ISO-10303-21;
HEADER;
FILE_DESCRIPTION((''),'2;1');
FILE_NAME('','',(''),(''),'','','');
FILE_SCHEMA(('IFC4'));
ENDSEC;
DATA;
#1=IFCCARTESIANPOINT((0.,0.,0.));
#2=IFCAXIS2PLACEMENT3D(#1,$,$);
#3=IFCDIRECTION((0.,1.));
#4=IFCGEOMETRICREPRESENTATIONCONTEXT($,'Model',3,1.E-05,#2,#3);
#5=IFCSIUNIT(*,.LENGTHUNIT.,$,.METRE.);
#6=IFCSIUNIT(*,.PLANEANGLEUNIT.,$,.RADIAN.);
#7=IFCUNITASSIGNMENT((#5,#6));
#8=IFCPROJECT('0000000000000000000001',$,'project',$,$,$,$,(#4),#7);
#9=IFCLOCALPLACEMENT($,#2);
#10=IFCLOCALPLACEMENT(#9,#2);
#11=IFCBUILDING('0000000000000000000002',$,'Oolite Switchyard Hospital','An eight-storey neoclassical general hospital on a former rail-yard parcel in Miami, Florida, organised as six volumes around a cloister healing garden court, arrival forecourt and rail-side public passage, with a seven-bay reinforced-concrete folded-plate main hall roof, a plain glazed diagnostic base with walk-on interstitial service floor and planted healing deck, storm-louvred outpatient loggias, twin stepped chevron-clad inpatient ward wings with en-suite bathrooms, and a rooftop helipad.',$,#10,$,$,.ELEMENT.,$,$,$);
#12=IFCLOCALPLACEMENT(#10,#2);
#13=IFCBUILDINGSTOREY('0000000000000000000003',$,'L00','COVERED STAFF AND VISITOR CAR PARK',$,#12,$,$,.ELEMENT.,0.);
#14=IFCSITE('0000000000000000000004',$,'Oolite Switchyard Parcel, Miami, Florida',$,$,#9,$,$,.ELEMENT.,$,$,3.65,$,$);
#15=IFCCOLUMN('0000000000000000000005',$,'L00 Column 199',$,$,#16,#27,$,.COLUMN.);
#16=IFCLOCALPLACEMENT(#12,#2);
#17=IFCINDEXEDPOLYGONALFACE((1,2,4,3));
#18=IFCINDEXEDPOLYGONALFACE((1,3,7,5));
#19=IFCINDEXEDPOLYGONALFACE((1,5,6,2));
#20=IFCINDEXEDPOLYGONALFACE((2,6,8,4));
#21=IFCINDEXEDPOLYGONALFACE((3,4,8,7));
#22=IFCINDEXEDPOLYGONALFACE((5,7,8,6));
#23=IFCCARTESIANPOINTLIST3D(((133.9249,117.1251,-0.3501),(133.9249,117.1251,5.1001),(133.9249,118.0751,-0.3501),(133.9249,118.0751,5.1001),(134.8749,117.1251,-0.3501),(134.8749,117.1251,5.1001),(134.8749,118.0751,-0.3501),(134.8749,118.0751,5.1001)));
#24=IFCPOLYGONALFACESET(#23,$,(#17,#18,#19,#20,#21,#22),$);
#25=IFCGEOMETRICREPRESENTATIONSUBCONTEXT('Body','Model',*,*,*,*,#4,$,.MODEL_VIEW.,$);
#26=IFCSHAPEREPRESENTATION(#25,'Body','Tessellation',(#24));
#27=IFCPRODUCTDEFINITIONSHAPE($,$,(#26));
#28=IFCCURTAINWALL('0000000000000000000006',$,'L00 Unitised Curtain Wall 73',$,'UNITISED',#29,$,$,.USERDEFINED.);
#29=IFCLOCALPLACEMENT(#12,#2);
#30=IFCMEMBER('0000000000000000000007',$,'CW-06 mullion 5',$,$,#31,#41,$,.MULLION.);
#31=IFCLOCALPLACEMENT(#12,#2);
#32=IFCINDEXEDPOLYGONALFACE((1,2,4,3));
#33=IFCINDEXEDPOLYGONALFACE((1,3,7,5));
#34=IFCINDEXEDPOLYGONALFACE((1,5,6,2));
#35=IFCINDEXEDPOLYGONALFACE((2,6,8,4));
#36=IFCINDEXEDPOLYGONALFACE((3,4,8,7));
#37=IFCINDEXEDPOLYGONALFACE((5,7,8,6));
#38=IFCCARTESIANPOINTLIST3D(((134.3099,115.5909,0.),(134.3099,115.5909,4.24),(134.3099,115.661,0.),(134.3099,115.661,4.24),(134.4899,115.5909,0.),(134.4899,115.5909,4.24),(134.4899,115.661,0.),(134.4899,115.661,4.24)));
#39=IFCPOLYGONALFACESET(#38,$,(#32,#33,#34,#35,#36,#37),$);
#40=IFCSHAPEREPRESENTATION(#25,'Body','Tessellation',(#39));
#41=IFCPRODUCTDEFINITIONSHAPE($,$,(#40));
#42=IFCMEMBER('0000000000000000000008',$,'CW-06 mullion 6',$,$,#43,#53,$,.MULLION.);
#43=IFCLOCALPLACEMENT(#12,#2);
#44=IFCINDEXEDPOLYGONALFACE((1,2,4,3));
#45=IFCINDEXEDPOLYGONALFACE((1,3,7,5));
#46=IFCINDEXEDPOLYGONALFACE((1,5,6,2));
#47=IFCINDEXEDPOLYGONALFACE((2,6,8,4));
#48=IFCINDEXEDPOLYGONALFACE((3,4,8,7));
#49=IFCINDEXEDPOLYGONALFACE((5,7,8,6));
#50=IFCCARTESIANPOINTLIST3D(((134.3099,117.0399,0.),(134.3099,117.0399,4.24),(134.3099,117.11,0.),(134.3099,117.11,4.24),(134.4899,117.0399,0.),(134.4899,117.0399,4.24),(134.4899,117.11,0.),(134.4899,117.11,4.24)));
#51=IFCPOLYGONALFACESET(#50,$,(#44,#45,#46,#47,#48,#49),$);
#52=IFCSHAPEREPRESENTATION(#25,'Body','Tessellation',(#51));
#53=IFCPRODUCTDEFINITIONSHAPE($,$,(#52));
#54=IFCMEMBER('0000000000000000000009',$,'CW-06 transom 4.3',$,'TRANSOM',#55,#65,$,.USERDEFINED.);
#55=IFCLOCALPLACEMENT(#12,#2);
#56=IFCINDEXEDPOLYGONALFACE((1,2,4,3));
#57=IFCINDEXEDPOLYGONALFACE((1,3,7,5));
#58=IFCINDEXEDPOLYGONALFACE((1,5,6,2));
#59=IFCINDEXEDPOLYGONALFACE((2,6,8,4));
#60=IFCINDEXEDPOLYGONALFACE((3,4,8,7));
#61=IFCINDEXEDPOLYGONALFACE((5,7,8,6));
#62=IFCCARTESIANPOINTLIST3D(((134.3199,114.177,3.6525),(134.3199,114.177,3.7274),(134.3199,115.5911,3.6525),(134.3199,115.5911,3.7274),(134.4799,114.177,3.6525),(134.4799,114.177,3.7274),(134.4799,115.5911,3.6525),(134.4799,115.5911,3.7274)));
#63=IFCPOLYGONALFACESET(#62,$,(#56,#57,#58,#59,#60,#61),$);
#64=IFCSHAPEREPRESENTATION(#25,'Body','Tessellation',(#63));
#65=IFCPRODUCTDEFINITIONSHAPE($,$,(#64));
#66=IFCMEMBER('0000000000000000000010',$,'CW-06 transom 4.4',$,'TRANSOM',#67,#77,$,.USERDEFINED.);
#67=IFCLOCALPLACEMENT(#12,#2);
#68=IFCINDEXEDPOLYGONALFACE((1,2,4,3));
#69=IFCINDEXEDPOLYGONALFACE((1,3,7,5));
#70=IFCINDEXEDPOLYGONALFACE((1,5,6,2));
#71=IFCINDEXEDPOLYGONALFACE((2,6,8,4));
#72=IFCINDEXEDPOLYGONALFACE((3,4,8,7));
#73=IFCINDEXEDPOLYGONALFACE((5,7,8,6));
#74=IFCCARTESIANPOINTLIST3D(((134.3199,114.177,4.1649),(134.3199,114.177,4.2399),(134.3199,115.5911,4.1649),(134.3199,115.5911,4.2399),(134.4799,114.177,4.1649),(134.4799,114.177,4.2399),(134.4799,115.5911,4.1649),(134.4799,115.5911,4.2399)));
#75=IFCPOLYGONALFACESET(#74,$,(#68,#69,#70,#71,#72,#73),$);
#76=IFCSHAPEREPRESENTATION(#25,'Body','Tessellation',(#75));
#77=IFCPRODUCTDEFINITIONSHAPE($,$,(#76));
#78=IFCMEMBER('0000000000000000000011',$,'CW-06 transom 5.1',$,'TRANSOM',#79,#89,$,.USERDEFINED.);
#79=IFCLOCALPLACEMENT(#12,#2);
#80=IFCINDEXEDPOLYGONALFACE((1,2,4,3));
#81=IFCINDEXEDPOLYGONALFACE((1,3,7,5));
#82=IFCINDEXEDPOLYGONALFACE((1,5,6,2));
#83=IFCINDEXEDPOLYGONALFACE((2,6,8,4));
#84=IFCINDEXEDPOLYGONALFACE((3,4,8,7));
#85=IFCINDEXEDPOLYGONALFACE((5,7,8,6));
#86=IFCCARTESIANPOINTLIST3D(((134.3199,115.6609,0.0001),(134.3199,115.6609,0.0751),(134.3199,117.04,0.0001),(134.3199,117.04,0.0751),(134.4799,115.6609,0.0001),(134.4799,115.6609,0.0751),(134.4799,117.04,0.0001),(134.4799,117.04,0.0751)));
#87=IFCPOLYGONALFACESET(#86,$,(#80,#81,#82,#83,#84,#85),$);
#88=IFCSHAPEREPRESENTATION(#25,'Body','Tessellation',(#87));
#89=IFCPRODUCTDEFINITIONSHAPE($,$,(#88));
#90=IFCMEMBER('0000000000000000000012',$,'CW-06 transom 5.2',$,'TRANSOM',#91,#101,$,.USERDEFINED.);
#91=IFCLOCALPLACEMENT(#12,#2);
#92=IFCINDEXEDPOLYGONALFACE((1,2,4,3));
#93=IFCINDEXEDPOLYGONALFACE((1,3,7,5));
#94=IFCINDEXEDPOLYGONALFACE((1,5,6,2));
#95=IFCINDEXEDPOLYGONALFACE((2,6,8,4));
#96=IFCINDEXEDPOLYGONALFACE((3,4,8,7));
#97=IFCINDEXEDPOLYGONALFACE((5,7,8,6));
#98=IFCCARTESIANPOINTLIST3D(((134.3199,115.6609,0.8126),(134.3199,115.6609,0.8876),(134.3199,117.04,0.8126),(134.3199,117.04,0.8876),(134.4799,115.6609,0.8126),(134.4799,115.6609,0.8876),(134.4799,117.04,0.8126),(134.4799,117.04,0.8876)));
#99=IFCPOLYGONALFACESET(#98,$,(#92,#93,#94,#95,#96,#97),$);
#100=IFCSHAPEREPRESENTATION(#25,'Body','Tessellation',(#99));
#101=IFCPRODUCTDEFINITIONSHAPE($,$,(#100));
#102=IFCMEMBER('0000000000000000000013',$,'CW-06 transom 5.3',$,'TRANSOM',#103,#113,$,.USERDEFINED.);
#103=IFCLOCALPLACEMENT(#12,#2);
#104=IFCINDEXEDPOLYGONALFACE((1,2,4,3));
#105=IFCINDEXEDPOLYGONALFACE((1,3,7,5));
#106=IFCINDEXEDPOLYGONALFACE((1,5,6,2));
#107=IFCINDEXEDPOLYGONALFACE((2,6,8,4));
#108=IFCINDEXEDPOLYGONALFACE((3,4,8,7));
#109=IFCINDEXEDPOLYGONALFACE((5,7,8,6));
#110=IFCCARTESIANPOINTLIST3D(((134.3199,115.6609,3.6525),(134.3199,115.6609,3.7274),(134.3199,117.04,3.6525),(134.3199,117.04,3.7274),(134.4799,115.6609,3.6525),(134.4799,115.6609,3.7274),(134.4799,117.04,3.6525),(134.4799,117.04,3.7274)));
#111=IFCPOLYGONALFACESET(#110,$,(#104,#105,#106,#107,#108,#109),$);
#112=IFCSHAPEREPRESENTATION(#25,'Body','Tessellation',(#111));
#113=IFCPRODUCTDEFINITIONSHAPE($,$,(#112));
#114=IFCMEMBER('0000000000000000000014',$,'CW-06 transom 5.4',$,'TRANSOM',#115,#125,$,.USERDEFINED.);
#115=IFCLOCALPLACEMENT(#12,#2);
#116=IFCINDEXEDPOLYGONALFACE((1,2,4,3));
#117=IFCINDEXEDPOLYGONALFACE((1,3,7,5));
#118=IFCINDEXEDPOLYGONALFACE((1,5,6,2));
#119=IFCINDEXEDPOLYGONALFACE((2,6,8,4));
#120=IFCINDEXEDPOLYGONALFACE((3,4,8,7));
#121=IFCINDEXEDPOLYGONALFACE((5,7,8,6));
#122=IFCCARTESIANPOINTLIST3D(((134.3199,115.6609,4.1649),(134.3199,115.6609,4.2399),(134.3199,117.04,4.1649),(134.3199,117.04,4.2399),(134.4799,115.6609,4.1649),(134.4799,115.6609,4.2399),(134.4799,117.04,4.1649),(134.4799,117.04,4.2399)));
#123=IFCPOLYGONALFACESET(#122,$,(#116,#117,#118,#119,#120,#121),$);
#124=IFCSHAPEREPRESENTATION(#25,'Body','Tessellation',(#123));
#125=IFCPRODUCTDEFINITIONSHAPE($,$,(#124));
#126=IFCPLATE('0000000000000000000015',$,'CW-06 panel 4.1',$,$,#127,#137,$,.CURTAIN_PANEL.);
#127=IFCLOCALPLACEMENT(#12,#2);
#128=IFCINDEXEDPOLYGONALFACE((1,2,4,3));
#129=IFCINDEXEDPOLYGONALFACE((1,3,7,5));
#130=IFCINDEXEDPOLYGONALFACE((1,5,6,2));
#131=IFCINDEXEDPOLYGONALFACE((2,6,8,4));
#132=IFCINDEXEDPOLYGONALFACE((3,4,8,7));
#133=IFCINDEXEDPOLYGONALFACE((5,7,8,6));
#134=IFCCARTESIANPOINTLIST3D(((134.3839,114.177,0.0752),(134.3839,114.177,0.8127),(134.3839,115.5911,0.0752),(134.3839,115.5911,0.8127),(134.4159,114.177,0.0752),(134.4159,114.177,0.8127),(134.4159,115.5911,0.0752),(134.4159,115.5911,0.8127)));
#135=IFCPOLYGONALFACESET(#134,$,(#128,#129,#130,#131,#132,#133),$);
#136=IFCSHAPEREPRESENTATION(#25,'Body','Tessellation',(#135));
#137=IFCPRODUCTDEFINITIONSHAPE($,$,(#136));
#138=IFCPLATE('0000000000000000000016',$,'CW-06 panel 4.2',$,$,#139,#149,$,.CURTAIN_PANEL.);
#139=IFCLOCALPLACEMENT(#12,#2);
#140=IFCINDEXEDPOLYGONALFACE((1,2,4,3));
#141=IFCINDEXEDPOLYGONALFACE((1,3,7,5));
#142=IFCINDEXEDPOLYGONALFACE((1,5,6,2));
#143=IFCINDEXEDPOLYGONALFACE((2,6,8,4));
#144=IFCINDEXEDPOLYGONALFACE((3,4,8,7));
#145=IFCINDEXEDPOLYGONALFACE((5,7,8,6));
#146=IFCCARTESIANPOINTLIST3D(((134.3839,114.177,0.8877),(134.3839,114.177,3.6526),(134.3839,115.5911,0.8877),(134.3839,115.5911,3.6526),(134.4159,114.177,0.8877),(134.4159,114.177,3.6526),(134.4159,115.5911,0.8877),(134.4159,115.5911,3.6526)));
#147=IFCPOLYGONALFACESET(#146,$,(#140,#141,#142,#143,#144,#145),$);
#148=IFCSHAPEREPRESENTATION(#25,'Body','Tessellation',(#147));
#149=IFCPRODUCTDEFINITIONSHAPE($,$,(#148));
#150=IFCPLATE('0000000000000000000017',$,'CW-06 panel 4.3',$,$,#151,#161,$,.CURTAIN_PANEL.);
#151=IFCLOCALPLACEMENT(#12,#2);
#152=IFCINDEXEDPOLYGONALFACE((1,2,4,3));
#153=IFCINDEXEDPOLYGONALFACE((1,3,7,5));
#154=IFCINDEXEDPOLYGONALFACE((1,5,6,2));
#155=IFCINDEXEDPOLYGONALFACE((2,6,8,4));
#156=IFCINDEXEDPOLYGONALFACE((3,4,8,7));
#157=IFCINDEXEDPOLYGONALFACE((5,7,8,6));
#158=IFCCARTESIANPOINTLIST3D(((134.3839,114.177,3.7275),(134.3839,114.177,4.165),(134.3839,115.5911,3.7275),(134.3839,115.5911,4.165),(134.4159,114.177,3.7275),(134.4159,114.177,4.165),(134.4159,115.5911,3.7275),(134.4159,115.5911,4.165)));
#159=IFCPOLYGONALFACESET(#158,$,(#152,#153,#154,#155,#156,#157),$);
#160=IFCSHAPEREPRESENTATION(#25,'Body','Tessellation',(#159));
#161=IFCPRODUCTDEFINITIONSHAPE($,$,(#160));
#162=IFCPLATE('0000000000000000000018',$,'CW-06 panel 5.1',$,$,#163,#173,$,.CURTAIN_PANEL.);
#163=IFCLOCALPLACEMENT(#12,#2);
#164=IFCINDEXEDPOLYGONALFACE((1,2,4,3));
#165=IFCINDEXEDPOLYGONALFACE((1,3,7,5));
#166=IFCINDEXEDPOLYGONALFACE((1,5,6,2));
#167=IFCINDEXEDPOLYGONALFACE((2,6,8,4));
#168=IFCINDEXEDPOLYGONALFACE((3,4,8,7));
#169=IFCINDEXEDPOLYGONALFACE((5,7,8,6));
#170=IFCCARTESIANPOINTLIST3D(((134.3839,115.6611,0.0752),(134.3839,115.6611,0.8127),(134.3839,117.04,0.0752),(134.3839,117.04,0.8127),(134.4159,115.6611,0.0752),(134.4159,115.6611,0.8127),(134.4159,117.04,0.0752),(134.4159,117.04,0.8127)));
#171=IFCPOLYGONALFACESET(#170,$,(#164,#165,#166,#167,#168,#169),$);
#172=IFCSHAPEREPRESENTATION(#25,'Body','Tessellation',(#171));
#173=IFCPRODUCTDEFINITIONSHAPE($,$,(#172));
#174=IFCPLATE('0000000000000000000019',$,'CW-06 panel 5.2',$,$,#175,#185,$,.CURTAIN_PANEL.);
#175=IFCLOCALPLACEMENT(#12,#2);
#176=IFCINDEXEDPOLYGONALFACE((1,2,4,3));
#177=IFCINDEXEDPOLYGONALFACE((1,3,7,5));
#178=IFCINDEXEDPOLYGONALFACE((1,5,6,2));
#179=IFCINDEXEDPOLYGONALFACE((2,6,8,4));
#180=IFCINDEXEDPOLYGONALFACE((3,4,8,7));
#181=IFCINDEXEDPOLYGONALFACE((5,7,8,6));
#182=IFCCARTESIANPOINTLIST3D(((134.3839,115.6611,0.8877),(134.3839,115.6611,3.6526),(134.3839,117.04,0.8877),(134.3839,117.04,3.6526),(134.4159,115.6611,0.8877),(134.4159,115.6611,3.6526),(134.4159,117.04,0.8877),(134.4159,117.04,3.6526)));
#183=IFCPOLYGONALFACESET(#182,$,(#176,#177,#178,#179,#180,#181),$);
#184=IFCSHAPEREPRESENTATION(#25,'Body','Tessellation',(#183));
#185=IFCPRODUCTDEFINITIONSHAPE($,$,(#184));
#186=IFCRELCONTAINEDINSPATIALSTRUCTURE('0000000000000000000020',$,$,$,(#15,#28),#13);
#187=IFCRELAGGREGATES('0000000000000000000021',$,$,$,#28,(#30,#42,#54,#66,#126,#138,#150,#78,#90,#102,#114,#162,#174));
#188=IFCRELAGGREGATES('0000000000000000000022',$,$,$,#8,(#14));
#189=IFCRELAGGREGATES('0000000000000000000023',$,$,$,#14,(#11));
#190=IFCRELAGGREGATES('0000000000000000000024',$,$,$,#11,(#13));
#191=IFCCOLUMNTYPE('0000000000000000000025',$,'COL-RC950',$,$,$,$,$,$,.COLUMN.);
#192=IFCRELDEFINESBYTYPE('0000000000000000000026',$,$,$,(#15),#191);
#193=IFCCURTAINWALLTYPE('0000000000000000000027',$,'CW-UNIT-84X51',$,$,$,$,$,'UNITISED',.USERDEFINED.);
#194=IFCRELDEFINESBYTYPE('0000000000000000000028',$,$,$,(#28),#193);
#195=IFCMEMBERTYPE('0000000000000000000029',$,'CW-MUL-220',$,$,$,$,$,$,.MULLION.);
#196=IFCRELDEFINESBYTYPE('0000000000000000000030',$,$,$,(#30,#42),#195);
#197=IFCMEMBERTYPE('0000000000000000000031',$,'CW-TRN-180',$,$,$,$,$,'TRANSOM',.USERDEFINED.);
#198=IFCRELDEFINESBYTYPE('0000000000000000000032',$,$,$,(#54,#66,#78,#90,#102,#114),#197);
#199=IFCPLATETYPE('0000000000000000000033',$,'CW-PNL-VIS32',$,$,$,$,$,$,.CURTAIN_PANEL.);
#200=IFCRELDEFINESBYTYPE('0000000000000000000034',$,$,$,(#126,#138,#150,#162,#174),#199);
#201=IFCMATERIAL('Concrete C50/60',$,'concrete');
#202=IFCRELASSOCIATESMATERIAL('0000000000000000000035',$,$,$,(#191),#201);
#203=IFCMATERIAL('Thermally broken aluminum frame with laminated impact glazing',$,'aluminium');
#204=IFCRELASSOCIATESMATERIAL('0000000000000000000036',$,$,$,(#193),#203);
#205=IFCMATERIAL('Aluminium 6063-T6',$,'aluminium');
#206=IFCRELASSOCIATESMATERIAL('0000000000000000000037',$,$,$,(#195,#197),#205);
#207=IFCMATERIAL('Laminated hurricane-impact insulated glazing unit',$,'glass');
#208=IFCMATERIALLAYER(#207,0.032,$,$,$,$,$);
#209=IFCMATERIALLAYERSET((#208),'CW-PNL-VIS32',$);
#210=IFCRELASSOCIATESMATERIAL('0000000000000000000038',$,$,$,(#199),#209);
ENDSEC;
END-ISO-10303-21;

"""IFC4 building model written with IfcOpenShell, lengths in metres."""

from ifc_helpers import new_model, si_unit, direction, frame, origin, origin_2d, place, context, subcontext, project, spatial, rectangle, extrude, material, layer, layer_set, material_profile, profile_set, type_object, element, aggregate, save


model = new_model("IFC4")

# Units and contexts
model_context = context("Model", 3, precision=1e-05, world=origin(), true_north=direction((0.0, 1.0)))
body_context = subcontext(model_context, "Body", "Model", "MODEL_VIEW")
ifc_project = project(units=[si_unit("LENGTHUNIT", "METRE"), si_unit("PLANEANGLEUNIT", "RADIAN")], contexts=[model_context])

# Site, building, storey
site_placement = place(None, origin())
site = spatial("IfcSite", under=ifc_project, at=site_placement, Name="Oolite Switchyard Parcel, Miami, Florida", CompositionType="ELEMENT", RefElevation=3.65)
building_placement = place(site_placement, origin())
building = spatial("IfcBuilding", under=site, at=building_placement, Name="Oolite Switchyard Hospital", Description="An eight-storey neoclassical general hospital on a former rail-yard parcel in Miami, Florida, organised as six volumes around a cloister healing garden court, arrival forecourt and rail-side public passage, with a seven-bay reinforced-concrete folded-plate main hall roof, a plain glazed diagnostic base with walk-on interstitial service floor and planted healing deck, storm-louvred outpatient loggias, twin stepped chevron-clad inpatient ward wings with en-suite bathrooms, and a rooftop helipad.", CompositionType="ELEMENT")
storey_placement = place(building_placement, origin())
storey = spatial("IfcBuildingStorey", under=building, at=storey_placement, Name="L00", Description="COVERED STAFF AND VISITOR CAR PARK", CompositionType="ELEMENT", Elevation=0.0)

# Column
ifc_material_1 = material(Name="Concrete C50/60", Category="concrete")
ifc_material_profile_1 = material_profile(ifc_material_1, rectangle(XDim=0.95, YDim=0.95, at=origin_2d()), Name="RC950X950")
ifc_profile_set_1 = profile_set([ifc_material_profile_1], Name="Concrete C50/60")
column_type = type_object("IfcColumnType", Name="COL-RC950", PredefinedType="COLUMN", material=ifc_profile_set_1)
column_placement = place(storey_placement, frame((134.3999, 117.6001, -0.3501), z_axis=(0.0, 0.0, 1.0), x_axis=(1.0, 0.0, 0.0)))
element("IfcColumn", 1, at=column_placement, inside=storey, type_object=column_type, Name="L00 Column 199", PredefinedType="COLUMN", context=body_context, shape_type="SweptSolid", body=[
    extrude(rectangle(XDim=0.95, YDim=0.95, at=origin_2d()), origin(), (0.0, 0.0, 1.0), 5.4502),
])

# Curtain wall, members, plates
ifc_material_2 = material(Name="Thermally broken aluminum frame with laminated impact glazing", Category="aluminium")
curtain_wall_type = type_object("IfcCurtainWallType", Name="CW-UNIT-84X51", ElementType="UNITISED", PredefinedType="USERDEFINED", material=ifc_material_2)
curtain_wall_placement = place(storey_placement, origin())
curtain_wall = element("IfcCurtainWall", 2, at=curtain_wall_placement, inside=storey, type_object=curtain_wall_type, Name="L00 Unitised Curtain Wall 73", ObjectType="UNITISED", PredefinedType="USERDEFINED")
ifc_material_3 = material(Name="Aluminium 6063-T6", Category="aluminium")
ifc_material_profile_2 = material_profile(ifc_material_3, rectangle(XDim=0.1799, YDim=0.0701, at=origin_2d()), Name="CWM70X180")
ifc_profile_set_2 = profile_set([ifc_material_profile_2], Name="Aluminium 6063-T6")
member_type_1 = type_object("IfcMemberType", Name="CW-MUL-220", PredefinedType="MULLION", material=ifc_profile_set_2)
member_1_placement = place(storey_placement, frame((134.3999, 115.626, 0.0), z_axis=(0.0, 0.0, 1.0), x_axis=(-1.0, 0.0, 0.0)))
member_1 = element("IfcMember", 3, at=member_1_placement, type_object=member_type_1, Name="CW-06 mullion 5", PredefinedType="MULLION", context=body_context, shape_type="SweptSolid", body=[
    extrude(rectangle(XDim=0.1799, YDim=0.0701, at=origin_2d()), origin(), (0.0, 0.0, 1.0), 4.24),
])
member_2_placement = place(storey_placement, frame((134.3999, 117.075, 0.0), z_axis=(0.0, 0.0, 1.0), x_axis=(-1.0, 0.0, 0.0)))
member_2 = element("IfcMember", 4, at=member_2_placement, type_object=member_type_1, Name="CW-06 mullion 6", PredefinedType="MULLION", context=body_context, shape_type="SweptSolid", body=[
    extrude(rectangle(XDim=0.1799, YDim=0.0701, at=origin_2d()), origin(), (0.0, 0.0, 1.0), 4.24),
])
ifc_material_profile_3 = material_profile(ifc_material_3, rectangle(XDim=0.1599, YDim=0.075, at=origin_2d()), Name="CWT75X160")
ifc_profile_set_3 = profile_set([ifc_material_profile_3], Name="Aluminium 6063-T6")
member_type_2 = type_object("IfcMemberType", Name="CW-TRN-180", ElementType="TRANSOM", PredefinedType="USERDEFINED", material=ifc_profile_set_3)
member_3_placement = place(storey_placement, frame((134.3999, 114.177, 3.6899), z_axis=(0.0, 1.0, 0.0), x_axis=(-1.0, 0.0, 0.0)))
member_3 = element("IfcMember", 5, at=member_3_placement, type_object=member_type_2, Name="CW-06 transom 4.3", ObjectType="TRANSOM", PredefinedType="USERDEFINED", context=body_context, shape_type="SweptSolid", body=[
    extrude(rectangle(XDim=0.1599, YDim=0.075, at=origin_2d()), origin(), (0.0, 0.0, 1.0), 1.4141),
])
member_4_placement = place(storey_placement, frame((134.3999, 114.177, 4.2024), z_axis=(0.0, 1.0, 0.0), x_axis=(-1.0, 0.0, 0.0)))
member_4 = element("IfcMember", 6, at=member_4_placement, type_object=member_type_2, Name="CW-06 transom 4.4", ObjectType="TRANSOM", PredefinedType="USERDEFINED", context=body_context, shape_type="SweptSolid", body=[
    extrude(rectangle(XDim=0.1599, YDim=0.075, at=origin_2d()), origin(), (0.0, 0.0, 1.0), 1.4141),
])
member_5_placement = place(storey_placement, frame((134.3999, 115.6609, 0.0376), z_axis=(0.0, 1.0, 0.0), x_axis=(-1.0, 0.0, 0.0)))
member_5 = element("IfcMember", 7, at=member_5_placement, type_object=member_type_2, Name="CW-06 transom 5.1", ObjectType="TRANSOM", PredefinedType="USERDEFINED", context=body_context, shape_type="SweptSolid", body=[
    extrude(rectangle(XDim=0.1599, YDim=0.075, at=origin_2d()), origin(), (0.0, 0.0, 1.0), 1.3792),
])
member_6_placement = place(storey_placement, frame((134.3999, 115.6609, 0.8501), z_axis=(0.0, 1.0, 0.0), x_axis=(-1.0, 0.0, 0.0)))
member_6 = element("IfcMember", 8, at=member_6_placement, type_object=member_type_2, Name="CW-06 transom 5.2", ObjectType="TRANSOM", PredefinedType="USERDEFINED", context=body_context, shape_type="SweptSolid", body=[
    extrude(rectangle(XDim=0.1599, YDim=0.075, at=origin_2d()), origin(), (0.0, 0.0, 1.0), 1.3792),
])
member_7_placement = place(storey_placement, frame((134.3999, 115.6609, 3.6899), z_axis=(0.0, 1.0, 0.0), x_axis=(-1.0, 0.0, 0.0)))
member_7 = element("IfcMember", 9, at=member_7_placement, type_object=member_type_2, Name="CW-06 transom 5.3", ObjectType="TRANSOM", PredefinedType="USERDEFINED", context=body_context, shape_type="SweptSolid", body=[
    extrude(rectangle(XDim=0.1599, YDim=0.075, at=origin_2d()), origin(), (0.0, 0.0, 1.0), 1.3792),
])
member_8_placement = place(storey_placement, frame((134.3999, 115.6609, 4.2024), z_axis=(0.0, 1.0, 0.0), x_axis=(-1.0, 0.0, 0.0)))
member_8 = element("IfcMember", 10, at=member_8_placement, type_object=member_type_2, Name="CW-06 transom 5.4", ObjectType="TRANSOM", PredefinedType="USERDEFINED", context=body_context, shape_type="SweptSolid", body=[
    extrude(rectangle(XDim=0.1599, YDim=0.075, at=origin_2d()), origin(), (0.0, 0.0, 1.0), 1.3792),
])
ifc_material_4 = material(Name="Laminated hurricane-impact insulated glazing unit", Category="glass")
ifc_layer_1 = layer(ifc_material_4, 0.032)
ifc_layer_set_1 = layer_set([ifc_layer_1], Name="CW-PNL-VIS32")
plate_type = type_object("IfcPlateType", Name="CW-PNL-VIS32", PredefinedType="CURTAIN_PANEL", material=ifc_layer_set_1)
plate_1_placement = place(storey_placement, frame((134.3999, 114.884, 0.0752), z_axis=(0.0, 0.0, 1.0), x_axis=(0.0, 1.0, 0.0)))
plate_1 = element("IfcPlate", 11, at=plate_1_placement, type_object=plate_type, Name="CW-06 panel 4.1", PredefinedType="CURTAIN_PANEL", context=body_context, shape_type="SweptSolid", body=[
    extrude(rectangle(XDim=1.4141, YDim=0.032, at=origin_2d()), origin(), (0.0, 0.0, 1.0), 0.7375),
])
plate_2_placement = place(storey_placement, frame((134.3999, 114.884, 0.8877), z_axis=(0.0, 0.0, 1.0), x_axis=(0.0, 1.0, 0.0)))
plate_2 = element("IfcPlate", 12, at=plate_2_placement, type_object=plate_type, Name="CW-06 panel 4.2", PredefinedType="CURTAIN_PANEL", context=body_context, shape_type="SweptSolid", body=[
    extrude(rectangle(XDim=1.4141, YDim=0.032, at=origin_2d()), origin(), (0.0, 0.0, 1.0), 2.7649),
])
plate_3_placement = place(storey_placement, frame((134.3999, 114.884, 3.7275), z_axis=(0.0, 0.0, 1.0), x_axis=(0.0, 1.0, 0.0)))
plate_3 = element("IfcPlate", 13, at=plate_3_placement, type_object=plate_type, Name="CW-06 panel 4.3", PredefinedType="CURTAIN_PANEL", context=body_context, shape_type="SweptSolid", body=[
    extrude(rectangle(XDim=1.4141, YDim=0.032, at=origin_2d()), origin(), (0.0, 0.0, 1.0), 0.4375),
])
plate_4_placement = place(storey_placement, frame((134.3999, 116.3506, 0.0752), z_axis=(0.0, 0.0, 1.0), x_axis=(0.0, 1.0, 0.0)))
plate_4 = element("IfcPlate", 14, at=plate_4_placement, type_object=plate_type, Name="CW-06 panel 5.1", PredefinedType="CURTAIN_PANEL", context=body_context, shape_type="SweptSolid", body=[
    extrude(rectangle(XDim=1.3789, YDim=0.032, at=origin_2d()), origin(), (0.0, 0.0, 1.0), 0.7375),
])
plate_5_placement = place(storey_placement, frame((134.3999, 116.3506, 0.8877), z_axis=(0.0, 0.0, 1.0), x_axis=(0.0, 1.0, 0.0)))
plate_5 = element("IfcPlate", 15, at=plate_5_placement, type_object=plate_type, Name="CW-06 panel 5.2", PredefinedType="CURTAIN_PANEL", context=body_context, shape_type="SweptSolid", body=[
    extrude(rectangle(XDim=1.3789, YDim=0.032, at=origin_2d()), origin(), (0.0, 0.0, 1.0), 2.7649),
])
aggregate(curtain_wall, [member_1, member_2, member_3, member_4, plate_1, plate_2, plate_3, member_5, member_6, member_7, member_8, plate_4, plate_5])

save(model, "model.ifc")
